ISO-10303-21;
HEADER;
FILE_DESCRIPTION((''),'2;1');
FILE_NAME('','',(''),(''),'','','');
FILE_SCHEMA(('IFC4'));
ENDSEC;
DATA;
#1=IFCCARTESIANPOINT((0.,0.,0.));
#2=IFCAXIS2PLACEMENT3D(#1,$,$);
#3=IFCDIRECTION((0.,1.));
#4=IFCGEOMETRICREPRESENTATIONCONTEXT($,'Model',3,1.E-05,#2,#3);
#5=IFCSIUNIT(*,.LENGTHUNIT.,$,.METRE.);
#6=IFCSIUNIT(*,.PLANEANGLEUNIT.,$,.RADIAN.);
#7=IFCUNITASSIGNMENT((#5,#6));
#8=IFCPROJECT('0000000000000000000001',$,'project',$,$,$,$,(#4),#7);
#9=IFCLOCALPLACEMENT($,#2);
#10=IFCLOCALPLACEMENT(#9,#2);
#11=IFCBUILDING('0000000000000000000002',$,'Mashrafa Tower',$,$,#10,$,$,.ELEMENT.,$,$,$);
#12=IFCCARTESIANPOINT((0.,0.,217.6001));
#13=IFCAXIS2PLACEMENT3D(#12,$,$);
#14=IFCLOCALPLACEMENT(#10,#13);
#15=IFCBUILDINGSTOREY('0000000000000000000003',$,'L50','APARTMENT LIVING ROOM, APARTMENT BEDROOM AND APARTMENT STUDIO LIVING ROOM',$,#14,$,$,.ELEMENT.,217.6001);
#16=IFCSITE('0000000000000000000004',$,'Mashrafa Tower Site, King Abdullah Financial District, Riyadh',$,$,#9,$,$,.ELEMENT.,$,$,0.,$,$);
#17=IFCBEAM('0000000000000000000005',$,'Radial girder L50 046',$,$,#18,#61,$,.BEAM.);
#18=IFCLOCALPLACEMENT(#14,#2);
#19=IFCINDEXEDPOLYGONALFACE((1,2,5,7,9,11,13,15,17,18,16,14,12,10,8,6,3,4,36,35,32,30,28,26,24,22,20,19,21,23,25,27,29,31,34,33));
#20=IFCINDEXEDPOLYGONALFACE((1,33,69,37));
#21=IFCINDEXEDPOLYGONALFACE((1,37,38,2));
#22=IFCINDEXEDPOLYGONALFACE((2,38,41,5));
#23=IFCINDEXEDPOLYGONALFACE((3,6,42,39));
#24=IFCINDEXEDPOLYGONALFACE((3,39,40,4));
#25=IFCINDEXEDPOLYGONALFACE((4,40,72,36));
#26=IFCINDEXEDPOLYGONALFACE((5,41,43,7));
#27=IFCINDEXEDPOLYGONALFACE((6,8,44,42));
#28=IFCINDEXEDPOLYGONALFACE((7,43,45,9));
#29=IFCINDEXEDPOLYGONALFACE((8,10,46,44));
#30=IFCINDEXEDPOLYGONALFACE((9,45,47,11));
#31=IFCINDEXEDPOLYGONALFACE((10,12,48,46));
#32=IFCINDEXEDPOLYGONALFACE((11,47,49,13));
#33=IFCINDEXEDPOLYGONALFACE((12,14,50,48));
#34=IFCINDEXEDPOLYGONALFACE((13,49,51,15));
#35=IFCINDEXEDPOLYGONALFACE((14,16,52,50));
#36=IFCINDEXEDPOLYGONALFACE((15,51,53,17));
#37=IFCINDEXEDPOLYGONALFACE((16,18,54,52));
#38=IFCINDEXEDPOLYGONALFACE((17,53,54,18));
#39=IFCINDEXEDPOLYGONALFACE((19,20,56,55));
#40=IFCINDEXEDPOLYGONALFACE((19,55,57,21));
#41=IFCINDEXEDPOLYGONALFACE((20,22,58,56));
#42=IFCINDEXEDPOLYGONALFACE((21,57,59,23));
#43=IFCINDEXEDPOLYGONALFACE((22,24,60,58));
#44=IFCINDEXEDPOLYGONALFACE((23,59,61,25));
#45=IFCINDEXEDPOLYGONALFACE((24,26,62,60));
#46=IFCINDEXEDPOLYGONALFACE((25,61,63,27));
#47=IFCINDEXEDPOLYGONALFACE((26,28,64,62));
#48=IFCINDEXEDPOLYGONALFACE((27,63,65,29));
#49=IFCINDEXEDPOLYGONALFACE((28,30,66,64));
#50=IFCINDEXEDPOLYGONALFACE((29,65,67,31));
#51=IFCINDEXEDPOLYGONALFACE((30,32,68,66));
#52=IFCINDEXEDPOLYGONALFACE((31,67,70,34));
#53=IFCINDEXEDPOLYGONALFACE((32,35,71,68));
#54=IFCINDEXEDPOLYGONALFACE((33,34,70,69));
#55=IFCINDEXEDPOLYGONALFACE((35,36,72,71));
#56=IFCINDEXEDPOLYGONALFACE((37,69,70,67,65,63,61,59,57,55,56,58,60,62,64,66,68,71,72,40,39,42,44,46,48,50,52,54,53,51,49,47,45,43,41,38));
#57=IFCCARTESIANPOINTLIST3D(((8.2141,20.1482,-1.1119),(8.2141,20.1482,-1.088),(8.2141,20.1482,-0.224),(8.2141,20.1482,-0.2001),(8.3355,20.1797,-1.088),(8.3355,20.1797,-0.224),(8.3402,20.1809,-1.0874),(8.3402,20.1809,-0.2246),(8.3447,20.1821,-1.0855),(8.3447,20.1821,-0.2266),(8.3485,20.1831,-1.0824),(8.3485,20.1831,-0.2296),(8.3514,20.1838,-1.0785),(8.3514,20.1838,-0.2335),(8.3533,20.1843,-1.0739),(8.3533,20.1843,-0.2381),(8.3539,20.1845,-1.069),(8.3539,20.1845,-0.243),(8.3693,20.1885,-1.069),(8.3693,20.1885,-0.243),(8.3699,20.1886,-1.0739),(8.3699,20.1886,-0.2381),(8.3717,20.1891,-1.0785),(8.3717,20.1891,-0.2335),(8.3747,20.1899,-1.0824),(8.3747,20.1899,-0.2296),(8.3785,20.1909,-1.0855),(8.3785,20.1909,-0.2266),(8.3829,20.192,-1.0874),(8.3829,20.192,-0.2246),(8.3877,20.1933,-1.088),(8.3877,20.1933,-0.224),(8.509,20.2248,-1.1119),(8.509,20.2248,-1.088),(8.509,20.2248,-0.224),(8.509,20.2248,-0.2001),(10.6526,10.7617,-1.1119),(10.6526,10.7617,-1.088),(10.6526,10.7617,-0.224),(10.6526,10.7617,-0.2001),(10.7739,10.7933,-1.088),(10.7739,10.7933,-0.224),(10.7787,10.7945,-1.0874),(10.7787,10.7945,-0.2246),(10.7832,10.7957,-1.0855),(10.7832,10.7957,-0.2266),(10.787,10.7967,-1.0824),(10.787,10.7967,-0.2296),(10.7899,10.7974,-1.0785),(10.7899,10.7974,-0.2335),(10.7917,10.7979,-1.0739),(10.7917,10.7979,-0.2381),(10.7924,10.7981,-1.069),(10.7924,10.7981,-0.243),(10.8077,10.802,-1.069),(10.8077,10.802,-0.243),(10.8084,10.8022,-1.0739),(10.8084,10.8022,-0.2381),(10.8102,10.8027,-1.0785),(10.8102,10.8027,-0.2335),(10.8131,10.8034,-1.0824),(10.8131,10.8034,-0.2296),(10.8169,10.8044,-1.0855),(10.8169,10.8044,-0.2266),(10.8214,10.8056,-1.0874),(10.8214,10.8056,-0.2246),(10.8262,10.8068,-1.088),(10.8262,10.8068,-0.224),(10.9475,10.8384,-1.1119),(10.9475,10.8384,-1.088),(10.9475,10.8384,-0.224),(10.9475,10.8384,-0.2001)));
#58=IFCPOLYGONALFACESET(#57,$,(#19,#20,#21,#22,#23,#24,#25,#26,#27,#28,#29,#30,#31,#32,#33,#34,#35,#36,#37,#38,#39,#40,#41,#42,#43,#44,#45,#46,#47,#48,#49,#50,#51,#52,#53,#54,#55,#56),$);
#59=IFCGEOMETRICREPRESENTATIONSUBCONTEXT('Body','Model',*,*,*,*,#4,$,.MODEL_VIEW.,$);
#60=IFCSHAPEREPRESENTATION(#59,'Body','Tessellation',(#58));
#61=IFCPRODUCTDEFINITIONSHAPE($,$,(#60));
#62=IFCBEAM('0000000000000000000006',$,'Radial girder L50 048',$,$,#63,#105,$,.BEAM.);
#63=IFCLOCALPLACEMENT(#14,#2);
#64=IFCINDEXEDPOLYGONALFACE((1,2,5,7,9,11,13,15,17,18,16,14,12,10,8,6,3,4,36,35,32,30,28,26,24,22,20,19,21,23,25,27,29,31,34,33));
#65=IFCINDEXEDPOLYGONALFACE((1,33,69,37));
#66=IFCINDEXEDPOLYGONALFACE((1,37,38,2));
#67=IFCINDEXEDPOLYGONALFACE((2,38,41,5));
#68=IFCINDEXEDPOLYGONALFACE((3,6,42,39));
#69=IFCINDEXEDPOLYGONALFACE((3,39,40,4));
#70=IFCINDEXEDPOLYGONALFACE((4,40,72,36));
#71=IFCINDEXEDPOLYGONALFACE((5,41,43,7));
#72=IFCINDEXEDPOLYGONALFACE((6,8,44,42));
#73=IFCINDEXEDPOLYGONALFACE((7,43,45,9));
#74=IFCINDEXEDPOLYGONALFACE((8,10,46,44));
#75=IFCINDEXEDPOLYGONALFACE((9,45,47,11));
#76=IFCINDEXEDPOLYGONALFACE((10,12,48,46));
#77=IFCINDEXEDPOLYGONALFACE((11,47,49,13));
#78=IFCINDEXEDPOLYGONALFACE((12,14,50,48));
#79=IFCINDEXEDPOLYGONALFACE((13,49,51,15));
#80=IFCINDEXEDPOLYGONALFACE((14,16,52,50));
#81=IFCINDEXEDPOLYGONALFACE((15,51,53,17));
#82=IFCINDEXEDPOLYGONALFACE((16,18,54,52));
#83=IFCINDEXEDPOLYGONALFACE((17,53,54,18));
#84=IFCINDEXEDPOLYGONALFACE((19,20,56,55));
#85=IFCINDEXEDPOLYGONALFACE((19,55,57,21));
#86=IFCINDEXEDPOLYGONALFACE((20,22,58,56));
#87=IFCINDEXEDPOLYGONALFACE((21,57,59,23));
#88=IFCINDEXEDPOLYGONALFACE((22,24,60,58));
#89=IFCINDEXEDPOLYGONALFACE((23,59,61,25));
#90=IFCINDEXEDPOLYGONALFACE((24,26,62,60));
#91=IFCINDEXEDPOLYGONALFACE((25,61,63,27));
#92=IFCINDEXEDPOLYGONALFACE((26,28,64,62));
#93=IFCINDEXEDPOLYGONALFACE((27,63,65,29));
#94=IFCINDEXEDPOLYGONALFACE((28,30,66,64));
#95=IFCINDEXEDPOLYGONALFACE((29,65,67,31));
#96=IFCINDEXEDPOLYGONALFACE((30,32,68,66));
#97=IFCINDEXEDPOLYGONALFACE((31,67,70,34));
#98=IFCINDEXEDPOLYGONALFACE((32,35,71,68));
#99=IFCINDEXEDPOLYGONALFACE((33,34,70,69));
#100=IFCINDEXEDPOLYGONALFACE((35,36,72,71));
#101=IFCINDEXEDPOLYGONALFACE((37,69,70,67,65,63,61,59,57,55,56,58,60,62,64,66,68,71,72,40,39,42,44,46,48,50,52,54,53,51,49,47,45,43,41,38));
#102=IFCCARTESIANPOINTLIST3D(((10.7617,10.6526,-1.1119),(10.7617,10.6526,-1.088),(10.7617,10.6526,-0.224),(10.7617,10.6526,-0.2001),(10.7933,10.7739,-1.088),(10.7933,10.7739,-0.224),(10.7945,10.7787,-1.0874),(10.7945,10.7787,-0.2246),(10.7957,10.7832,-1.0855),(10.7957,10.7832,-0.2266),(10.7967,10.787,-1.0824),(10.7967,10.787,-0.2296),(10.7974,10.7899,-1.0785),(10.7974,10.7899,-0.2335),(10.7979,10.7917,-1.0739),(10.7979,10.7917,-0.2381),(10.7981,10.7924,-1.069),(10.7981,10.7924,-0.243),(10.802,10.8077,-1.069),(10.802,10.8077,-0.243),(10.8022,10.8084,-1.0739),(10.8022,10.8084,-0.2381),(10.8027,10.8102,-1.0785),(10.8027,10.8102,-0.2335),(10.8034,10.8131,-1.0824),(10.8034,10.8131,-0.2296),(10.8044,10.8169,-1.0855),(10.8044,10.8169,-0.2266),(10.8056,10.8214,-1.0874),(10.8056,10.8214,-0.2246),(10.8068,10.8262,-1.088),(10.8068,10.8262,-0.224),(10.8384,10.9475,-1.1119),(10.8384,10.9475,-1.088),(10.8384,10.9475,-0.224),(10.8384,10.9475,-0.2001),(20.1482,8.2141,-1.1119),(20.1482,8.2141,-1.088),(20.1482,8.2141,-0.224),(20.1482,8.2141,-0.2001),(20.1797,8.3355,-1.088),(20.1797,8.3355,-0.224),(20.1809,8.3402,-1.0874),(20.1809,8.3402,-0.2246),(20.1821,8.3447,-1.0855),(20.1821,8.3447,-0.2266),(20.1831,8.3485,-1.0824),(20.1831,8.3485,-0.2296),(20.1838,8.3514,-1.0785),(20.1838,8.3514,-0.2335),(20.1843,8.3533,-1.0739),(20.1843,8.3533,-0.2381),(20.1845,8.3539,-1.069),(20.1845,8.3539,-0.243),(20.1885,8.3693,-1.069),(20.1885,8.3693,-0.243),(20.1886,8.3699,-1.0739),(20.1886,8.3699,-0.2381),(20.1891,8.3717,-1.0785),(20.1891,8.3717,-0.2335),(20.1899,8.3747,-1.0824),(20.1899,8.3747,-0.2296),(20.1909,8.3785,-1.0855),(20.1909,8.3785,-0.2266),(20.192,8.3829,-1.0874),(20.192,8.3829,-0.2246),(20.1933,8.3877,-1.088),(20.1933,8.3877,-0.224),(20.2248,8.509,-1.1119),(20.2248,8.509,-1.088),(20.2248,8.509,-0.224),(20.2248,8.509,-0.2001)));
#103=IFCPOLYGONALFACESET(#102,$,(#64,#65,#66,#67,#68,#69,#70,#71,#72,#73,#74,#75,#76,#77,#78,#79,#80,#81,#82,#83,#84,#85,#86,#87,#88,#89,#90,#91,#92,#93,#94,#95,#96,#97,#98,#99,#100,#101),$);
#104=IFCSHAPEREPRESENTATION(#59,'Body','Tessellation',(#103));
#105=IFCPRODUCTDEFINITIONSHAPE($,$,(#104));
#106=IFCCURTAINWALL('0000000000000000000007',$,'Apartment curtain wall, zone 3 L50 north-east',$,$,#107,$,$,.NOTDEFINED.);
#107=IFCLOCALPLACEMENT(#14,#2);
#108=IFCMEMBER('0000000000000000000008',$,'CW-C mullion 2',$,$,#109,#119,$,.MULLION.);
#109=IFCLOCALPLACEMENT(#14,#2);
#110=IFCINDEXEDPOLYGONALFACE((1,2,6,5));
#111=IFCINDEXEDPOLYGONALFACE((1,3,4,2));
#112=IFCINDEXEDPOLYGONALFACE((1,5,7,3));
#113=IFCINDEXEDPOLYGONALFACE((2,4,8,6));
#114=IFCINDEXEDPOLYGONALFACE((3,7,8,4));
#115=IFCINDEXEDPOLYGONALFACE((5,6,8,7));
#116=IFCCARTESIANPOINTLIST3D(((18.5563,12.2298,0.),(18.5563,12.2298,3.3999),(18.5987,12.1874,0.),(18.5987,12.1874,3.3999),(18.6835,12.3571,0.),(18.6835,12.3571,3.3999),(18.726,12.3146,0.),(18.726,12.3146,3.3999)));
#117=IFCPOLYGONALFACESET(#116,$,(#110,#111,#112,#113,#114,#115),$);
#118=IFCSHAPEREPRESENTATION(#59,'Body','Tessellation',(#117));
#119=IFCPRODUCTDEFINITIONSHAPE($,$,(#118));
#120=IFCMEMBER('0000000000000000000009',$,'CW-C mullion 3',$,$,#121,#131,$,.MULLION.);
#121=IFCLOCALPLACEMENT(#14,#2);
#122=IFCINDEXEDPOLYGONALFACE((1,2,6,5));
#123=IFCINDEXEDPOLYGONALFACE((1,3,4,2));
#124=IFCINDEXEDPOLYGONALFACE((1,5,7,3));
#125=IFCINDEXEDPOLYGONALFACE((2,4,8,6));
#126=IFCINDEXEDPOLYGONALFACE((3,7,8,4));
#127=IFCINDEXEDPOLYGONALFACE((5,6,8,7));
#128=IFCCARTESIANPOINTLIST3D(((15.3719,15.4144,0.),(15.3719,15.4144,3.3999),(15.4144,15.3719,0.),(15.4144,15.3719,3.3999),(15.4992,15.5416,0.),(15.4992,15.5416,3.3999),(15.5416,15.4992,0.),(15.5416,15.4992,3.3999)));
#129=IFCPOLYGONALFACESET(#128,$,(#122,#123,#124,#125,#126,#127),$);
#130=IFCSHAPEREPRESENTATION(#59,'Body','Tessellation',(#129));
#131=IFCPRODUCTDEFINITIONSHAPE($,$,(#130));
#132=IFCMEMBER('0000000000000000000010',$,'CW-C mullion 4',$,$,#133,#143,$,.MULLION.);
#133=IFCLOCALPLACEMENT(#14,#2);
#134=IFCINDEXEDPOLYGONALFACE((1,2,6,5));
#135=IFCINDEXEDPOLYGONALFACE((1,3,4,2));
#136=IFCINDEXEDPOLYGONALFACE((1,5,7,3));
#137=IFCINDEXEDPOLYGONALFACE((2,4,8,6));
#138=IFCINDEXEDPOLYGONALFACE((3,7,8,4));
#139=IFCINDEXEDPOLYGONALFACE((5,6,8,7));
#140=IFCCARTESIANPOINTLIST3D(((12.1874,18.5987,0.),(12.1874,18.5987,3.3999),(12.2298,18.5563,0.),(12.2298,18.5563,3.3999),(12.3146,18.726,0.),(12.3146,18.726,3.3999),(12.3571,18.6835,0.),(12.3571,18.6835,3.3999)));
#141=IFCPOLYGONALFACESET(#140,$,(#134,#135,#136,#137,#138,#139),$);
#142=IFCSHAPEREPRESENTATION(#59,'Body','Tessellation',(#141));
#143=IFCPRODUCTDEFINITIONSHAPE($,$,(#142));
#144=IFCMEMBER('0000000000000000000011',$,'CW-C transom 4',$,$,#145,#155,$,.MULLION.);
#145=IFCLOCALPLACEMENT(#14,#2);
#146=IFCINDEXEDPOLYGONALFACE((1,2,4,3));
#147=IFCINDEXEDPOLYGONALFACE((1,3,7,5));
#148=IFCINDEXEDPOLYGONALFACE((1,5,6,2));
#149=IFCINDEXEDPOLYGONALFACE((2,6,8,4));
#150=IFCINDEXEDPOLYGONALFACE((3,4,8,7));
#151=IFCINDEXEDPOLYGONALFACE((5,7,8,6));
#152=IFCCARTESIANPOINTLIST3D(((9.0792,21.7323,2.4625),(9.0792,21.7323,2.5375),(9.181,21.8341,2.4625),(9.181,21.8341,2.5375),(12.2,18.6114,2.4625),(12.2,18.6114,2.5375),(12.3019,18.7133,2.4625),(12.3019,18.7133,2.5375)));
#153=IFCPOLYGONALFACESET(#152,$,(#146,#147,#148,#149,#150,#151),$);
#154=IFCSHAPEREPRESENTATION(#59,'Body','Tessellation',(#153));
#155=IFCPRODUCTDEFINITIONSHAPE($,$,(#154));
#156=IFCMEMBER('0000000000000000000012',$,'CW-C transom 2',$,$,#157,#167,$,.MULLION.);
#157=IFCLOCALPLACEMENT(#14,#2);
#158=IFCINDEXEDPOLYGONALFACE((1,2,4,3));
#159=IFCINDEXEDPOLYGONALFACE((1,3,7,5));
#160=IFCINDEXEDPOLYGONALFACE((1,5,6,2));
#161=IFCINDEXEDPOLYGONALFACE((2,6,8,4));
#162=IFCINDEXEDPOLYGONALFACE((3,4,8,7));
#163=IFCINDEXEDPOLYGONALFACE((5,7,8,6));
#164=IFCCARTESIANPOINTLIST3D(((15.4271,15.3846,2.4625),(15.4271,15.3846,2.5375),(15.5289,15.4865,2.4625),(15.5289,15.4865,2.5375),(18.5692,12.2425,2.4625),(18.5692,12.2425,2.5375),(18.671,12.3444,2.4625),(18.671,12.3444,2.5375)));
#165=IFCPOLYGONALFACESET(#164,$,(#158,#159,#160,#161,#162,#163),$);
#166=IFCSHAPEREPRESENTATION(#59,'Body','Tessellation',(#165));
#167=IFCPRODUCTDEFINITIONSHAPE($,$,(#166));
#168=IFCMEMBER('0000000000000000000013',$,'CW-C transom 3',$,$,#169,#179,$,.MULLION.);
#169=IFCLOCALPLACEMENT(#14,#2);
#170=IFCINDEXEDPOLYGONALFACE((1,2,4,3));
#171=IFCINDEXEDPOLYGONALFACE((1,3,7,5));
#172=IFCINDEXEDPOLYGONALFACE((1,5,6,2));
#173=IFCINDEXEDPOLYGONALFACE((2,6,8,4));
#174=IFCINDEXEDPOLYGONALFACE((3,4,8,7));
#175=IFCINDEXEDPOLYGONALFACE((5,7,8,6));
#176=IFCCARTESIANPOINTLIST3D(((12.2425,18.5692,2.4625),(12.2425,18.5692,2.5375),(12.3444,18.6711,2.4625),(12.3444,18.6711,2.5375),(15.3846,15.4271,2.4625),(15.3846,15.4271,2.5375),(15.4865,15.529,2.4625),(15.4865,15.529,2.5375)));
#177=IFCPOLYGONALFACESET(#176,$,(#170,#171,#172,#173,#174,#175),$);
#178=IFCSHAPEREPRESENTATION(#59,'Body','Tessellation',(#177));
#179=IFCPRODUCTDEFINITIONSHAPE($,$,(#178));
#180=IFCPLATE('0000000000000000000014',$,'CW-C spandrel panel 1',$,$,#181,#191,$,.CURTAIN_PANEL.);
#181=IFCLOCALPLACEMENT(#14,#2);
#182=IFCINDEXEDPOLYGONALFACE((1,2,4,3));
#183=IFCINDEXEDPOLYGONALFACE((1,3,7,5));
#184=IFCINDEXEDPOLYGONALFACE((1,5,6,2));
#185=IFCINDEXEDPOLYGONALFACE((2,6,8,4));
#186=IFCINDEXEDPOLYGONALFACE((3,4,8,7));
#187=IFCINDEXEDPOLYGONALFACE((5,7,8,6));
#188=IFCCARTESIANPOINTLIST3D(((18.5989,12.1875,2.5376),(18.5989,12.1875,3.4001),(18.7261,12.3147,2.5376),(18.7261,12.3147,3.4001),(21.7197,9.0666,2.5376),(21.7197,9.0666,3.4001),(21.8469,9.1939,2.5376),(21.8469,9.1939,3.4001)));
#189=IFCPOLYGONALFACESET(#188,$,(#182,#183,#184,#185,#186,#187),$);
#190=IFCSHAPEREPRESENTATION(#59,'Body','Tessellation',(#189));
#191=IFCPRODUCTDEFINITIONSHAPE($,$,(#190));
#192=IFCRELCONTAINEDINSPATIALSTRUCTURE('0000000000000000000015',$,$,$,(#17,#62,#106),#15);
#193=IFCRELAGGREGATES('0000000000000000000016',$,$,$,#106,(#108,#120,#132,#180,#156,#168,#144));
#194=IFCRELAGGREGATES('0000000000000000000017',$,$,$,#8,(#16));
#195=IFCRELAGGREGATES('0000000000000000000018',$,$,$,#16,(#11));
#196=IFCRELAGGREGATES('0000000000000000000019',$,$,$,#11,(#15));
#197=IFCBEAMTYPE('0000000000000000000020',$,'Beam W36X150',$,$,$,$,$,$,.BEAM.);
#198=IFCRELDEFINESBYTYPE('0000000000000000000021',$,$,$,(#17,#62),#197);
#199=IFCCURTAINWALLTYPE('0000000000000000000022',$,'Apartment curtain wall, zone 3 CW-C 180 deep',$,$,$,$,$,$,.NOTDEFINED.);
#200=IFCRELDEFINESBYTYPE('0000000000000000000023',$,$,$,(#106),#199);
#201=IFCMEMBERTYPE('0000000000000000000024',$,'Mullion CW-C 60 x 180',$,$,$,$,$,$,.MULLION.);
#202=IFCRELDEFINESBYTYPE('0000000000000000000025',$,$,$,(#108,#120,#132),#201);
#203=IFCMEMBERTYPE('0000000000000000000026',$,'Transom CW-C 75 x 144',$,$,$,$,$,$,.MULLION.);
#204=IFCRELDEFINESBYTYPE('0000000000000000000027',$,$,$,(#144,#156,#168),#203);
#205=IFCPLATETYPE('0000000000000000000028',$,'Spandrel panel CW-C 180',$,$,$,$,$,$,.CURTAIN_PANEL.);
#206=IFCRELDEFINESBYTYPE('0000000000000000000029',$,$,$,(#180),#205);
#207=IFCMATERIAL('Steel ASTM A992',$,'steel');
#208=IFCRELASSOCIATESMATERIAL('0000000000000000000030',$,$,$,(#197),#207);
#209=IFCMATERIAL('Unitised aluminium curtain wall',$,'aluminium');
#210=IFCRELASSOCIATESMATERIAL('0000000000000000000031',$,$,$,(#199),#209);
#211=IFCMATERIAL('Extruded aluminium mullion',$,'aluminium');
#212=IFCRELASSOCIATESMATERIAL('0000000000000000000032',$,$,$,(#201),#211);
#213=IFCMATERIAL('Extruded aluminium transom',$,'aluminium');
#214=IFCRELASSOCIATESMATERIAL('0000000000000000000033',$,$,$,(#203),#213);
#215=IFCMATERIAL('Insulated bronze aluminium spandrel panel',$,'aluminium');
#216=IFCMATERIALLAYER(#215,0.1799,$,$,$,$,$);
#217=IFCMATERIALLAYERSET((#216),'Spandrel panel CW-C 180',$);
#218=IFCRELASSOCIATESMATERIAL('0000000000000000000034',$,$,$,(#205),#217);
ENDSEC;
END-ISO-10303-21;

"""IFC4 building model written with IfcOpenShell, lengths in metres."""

from ifc_helpers import new_model, si_unit, direction, frame, origin, origin_2d, place, context, subcontext, project, spatial, rectangle, i_section, extrude, source, transform, mapped, material, layer, layer_set, material_profile, profile_set, type_object, type_shapes, element, aggregate, save


model = new_model("IFC4")

# Units and contexts
model_context = context("Model", 3, precision=1e-05, world=origin(), true_north=direction((0.0, 1.0)))
body_context = subcontext(model_context, "Body", "Model", "MODEL_VIEW")
ifc_project = project(units=[si_unit("LENGTHUNIT", "METRE"), si_unit("PLANEANGLEUNIT", "RADIAN")], contexts=[model_context])

# Site, building, storey
site_placement = place(None, origin())
site = spatial("IfcSite", under=ifc_project, at=site_placement, Name="Mashrafa Tower Site, King Abdullah Financial District, Riyadh", CompositionType="ELEMENT", RefElevation=0.0)
building_placement = place(site_placement, origin())
building = spatial("IfcBuilding", under=site, at=building_placement, Name="Mashrafa Tower", CompositionType="ELEMENT")
storey_placement = place(building_placement, frame((0.0, 0.0, 217.6001)))
storey = spatial("IfcBuildingStorey", under=building, at=storey_placement, Name="L50", Description="APARTMENT LIVING ROOM, APARTMENT BEDROOM AND APARTMENT STUDIO LIVING ROOM", CompositionType="ELEMENT", Elevation=217.6001)

# Beams
ifc_material_1 = material(Name="Steel ASTM A992", Category="steel")
ifc_material_profile_1 = material_profile(ifc_material_1, i_section(OverallWidth=0.3047, OverallDepth=0.9119, WebThickness=0.0159, FlangeThickness=0.0239, FilletRadius=0.019, at=origin_2d()), Name="W36X150")
ifc_profile_set_1 = profile_set([ifc_material_profile_1], Name="Steel ASTM A992")
beam_type_1 = type_object("IfcBeamType", Name="Beam W36X150", PredefinedType="BEAM", material=ifc_profile_set_1)
for number, where, z_axis, x_axis, name in (
    (1, (10.8, 10.8, -0.656), (-0.25144, 0.967873, 0.0), (-0.967873, -0.25144, 0.0), "Radial girder L50 046"),
    (2, (10.8, 10.8, -0.656), (0.967873, -0.25144, 0.0), (0.25144, 0.967873, 0.0), "Radial girder L50 048"),
):
    element("IfcBeam", number, at=place(storey_placement, frame(where, z_axis=z_axis, x_axis=x_axis)), inside=storey, type_object=beam_type_1, Name=name, PredefinedType="BEAM", context=body_context, shape_type="SweptSolid", body=[
        extrude(i_section(OverallWidth=0.3047, OverallDepth=0.9119, WebThickness=0.0159, FlangeThickness=0.0239, FilletRadius=0.019, at=origin_2d()), origin(), (0.0, 0.0, 1.0), 9.698),
    ])

# Curtain wall, members, plate
ifc_material_2 = material(Name="Unitised aluminium curtain wall", Category="aluminium")
curtain_wall_type = type_object("IfcCurtainWallType", Name="Apartment curtain wall, zone 3 CW-C 180 deep", PredefinedType="NOTDEFINED", material=ifc_material_2)
curtain_wall_placement = place(storey_placement, origin())
curtain_wall = element("IfcCurtainWall", 3, at=curtain_wall_placement, inside=storey, type_object=curtain_wall_type, Name="Apartment curtain wall, zone 3 L50 north-east", PredefinedType="NOTDEFINED")
ifc_material_3 = material(Name="Extruded aluminium mullion", Category="aluminium")
ifc_material_profile_2 = material_profile(ifc_material_3, rectangle(XDim=0.1799, YDim=0.0601, at=origin_2d()), Name="Mullion 60x180")
ifc_profile_set_2 = profile_set([ifc_material_profile_2], Name="Extruded aluminium mullion")
member_type_1 = type_object("IfcMemberType", Name="Mullion CW-C 60 x 180", PredefinedType="MULLION", material=ifc_profile_set_2)
shared_shape_1 = source(origin(), body_context, "Body", "SweptSolid", [
    extrude(rectangle(XDim=0.1799, YDim=0.0601, at=origin_2d()), origin(), (0.0, 0.0, 1.0), 3.3999),
])
type_shapes(member_type_1, [shared_shape_1])
member_1_placement = place(storey_placement, frame((18.6411, 12.2722, 0.0), z_axis=(0.0, 0.0, 1.0), x_axis=(-0.707107, -0.707107, 0.0)))
member_1 = element("IfcMember", 4, at=member_1_placement, type_object=member_type_1, Name="CW-C mullion 2", PredefinedType="MULLION", context=body_context, shape_type="MappedRepresentation", body=[
    mapped(shared_shape_1, transform((0.0, 0.0, 0.0))),
])
member_2_placement = place(storey_placement, frame((15.4568, 15.4568, 0.0), z_axis=(0.0, 0.0, 1.0), x_axis=(-0.707107, -0.707107, 0.0)))
member_2 = element("IfcMember", 5, at=member_2_placement, type_object=member_type_1, Name="CW-C mullion 3", PredefinedType="MULLION", context=body_context, shape_type="MappedRepresentation", body=[
    mapped(shared_shape_1, transform((0.0, 0.0, 0.0))),
])
member_3_placement = place(storey_placement, frame((12.2722, 18.6411, 0.0), z_axis=(0.0, 0.0, 1.0), x_axis=(-0.707107, -0.707107, 0.0)))
member_3 = element("IfcMember", 6, at=member_3_placement, type_object=member_type_1, Name="CW-C mullion 4", PredefinedType="MULLION", context=body_context, shape_type="MappedRepresentation", body=[
    mapped(shared_shape_1, transform((0.0, 0.0, 0.0))),
])
ifc_material_4 = material(Name="Extruded aluminium transom", Category="aluminium")
ifc_material_profile_3 = material_profile(ifc_material_4, rectangle(XDim=0.144, YDim=0.075, at=origin_2d()), Name="Transom 75x144")
ifc_profile_set_3 = profile_set([ifc_material_profile_3], Name="Extruded aluminium transom")
member_type_2 = type_object("IfcMemberType", Name="Transom CW-C 75 x 144", PredefinedType="MULLION", material=ifc_profile_set_3)
shared_shape_2 = source(origin(), body_context, "Body", "SweptSolid", [
    extrude(rectangle(XDim=0.144, YDim=0.075, at=origin_2d()), origin(), (0.0, 0.0, 1.0), 4.4136),
])
member_4_placement = place(storey_placement, frame((12.251, 18.6624, 2.5), z_axis=(-0.707107, 0.707107, 0.0), x_axis=(-0.707107, -0.707107, 0.0)))
member_4 = element("IfcMember", 7, at=member_4_placement, type_object=member_type_2, Name="CW-C transom 4", PredefinedType="MULLION", context=body_context, shape_type="MappedRepresentation", body=[
    mapped(shared_shape_2, transform((0.0, 0.0, 0.0))),
])
shared_shape_3 = source(origin(), body_context, "Body", "SweptSolid", [
    extrude(rectangle(XDim=0.144, YDim=0.075, at=origin_2d()), origin(), (0.0, 0.0, 1.0), 4.4436),
])
type_shapes(member_type_2, [shared_shape_2, shared_shape_3])
member_5_placement = place(storey_placement, frame((18.6201, 12.2935, 2.5), z_axis=(-0.707107, 0.707107, 0.0), x_axis=(-0.707107, -0.707107, 0.0)))
member_5 = element("IfcMember", 8, at=member_5_placement, type_object=member_type_2, Name="CW-C transom 2", PredefinedType="MULLION", context=body_context, shape_type="MappedRepresentation", body=[
    mapped(shared_shape_3, transform((0.0, 0.0, 0.0))),
])
member_6_placement = place(storey_placement, frame((15.4355, 15.478, 2.5), z_axis=(-0.707107, 0.707107, 0.0), x_axis=(-0.707107, -0.707107, 0.0)))
member_6 = element("IfcMember", 9, at=member_6_placement, type_object=member_type_2, Name="CW-C transom 3", PredefinedType="MULLION", context=body_context, shape_type="MappedRepresentation", body=[
    mapped(shared_shape_3, transform((0.0, 0.0, 0.0))),
])
ifc_material_5 = material(Name="Insulated bronze aluminium spandrel panel", Category="aluminium")
ifc_layer_1 = layer(ifc_material_5, 0.1799)
ifc_layer_set_1 = layer_set([ifc_layer_1], Name="Spandrel panel CW-C 180")
plate_type_1 = type_object("IfcPlateType", Name="Spandrel panel CW-C 180", PredefinedType="CURTAIN_PANEL", material=ifc_layer_set_1)
shared_shape_4 = source(origin(), body_context, "Body", "SweptSolid", [
    extrude(rectangle(XDim=4.4136, YDim=0.1799, at=origin_2d()), origin(), (0.0, 0.0, 1.0), 0.8625),
])
plate_1_placement = place(storey_placement, frame((20.2229, 10.6907, 2.5376), z_axis=(0.0, 0.0, 1.0), x_axis=(-0.707107, 0.707107, 0.0)))
plate_1 = element("IfcPlate", 10, at=plate_1_placement, type_object=plate_type_1, Name="CW-C spandrel panel 1", PredefinedType="CURTAIN_PANEL", context=body_context, shape_type="MappedRepresentation", body=[
    mapped(shared_shape_4, transform((0.0, 0.0, 0.0))),
])
aggregate(curtain_wall, [member_1, member_2, member_3, plate_1, member_5, member_6, member_4])

save(model, "model.ifc")
